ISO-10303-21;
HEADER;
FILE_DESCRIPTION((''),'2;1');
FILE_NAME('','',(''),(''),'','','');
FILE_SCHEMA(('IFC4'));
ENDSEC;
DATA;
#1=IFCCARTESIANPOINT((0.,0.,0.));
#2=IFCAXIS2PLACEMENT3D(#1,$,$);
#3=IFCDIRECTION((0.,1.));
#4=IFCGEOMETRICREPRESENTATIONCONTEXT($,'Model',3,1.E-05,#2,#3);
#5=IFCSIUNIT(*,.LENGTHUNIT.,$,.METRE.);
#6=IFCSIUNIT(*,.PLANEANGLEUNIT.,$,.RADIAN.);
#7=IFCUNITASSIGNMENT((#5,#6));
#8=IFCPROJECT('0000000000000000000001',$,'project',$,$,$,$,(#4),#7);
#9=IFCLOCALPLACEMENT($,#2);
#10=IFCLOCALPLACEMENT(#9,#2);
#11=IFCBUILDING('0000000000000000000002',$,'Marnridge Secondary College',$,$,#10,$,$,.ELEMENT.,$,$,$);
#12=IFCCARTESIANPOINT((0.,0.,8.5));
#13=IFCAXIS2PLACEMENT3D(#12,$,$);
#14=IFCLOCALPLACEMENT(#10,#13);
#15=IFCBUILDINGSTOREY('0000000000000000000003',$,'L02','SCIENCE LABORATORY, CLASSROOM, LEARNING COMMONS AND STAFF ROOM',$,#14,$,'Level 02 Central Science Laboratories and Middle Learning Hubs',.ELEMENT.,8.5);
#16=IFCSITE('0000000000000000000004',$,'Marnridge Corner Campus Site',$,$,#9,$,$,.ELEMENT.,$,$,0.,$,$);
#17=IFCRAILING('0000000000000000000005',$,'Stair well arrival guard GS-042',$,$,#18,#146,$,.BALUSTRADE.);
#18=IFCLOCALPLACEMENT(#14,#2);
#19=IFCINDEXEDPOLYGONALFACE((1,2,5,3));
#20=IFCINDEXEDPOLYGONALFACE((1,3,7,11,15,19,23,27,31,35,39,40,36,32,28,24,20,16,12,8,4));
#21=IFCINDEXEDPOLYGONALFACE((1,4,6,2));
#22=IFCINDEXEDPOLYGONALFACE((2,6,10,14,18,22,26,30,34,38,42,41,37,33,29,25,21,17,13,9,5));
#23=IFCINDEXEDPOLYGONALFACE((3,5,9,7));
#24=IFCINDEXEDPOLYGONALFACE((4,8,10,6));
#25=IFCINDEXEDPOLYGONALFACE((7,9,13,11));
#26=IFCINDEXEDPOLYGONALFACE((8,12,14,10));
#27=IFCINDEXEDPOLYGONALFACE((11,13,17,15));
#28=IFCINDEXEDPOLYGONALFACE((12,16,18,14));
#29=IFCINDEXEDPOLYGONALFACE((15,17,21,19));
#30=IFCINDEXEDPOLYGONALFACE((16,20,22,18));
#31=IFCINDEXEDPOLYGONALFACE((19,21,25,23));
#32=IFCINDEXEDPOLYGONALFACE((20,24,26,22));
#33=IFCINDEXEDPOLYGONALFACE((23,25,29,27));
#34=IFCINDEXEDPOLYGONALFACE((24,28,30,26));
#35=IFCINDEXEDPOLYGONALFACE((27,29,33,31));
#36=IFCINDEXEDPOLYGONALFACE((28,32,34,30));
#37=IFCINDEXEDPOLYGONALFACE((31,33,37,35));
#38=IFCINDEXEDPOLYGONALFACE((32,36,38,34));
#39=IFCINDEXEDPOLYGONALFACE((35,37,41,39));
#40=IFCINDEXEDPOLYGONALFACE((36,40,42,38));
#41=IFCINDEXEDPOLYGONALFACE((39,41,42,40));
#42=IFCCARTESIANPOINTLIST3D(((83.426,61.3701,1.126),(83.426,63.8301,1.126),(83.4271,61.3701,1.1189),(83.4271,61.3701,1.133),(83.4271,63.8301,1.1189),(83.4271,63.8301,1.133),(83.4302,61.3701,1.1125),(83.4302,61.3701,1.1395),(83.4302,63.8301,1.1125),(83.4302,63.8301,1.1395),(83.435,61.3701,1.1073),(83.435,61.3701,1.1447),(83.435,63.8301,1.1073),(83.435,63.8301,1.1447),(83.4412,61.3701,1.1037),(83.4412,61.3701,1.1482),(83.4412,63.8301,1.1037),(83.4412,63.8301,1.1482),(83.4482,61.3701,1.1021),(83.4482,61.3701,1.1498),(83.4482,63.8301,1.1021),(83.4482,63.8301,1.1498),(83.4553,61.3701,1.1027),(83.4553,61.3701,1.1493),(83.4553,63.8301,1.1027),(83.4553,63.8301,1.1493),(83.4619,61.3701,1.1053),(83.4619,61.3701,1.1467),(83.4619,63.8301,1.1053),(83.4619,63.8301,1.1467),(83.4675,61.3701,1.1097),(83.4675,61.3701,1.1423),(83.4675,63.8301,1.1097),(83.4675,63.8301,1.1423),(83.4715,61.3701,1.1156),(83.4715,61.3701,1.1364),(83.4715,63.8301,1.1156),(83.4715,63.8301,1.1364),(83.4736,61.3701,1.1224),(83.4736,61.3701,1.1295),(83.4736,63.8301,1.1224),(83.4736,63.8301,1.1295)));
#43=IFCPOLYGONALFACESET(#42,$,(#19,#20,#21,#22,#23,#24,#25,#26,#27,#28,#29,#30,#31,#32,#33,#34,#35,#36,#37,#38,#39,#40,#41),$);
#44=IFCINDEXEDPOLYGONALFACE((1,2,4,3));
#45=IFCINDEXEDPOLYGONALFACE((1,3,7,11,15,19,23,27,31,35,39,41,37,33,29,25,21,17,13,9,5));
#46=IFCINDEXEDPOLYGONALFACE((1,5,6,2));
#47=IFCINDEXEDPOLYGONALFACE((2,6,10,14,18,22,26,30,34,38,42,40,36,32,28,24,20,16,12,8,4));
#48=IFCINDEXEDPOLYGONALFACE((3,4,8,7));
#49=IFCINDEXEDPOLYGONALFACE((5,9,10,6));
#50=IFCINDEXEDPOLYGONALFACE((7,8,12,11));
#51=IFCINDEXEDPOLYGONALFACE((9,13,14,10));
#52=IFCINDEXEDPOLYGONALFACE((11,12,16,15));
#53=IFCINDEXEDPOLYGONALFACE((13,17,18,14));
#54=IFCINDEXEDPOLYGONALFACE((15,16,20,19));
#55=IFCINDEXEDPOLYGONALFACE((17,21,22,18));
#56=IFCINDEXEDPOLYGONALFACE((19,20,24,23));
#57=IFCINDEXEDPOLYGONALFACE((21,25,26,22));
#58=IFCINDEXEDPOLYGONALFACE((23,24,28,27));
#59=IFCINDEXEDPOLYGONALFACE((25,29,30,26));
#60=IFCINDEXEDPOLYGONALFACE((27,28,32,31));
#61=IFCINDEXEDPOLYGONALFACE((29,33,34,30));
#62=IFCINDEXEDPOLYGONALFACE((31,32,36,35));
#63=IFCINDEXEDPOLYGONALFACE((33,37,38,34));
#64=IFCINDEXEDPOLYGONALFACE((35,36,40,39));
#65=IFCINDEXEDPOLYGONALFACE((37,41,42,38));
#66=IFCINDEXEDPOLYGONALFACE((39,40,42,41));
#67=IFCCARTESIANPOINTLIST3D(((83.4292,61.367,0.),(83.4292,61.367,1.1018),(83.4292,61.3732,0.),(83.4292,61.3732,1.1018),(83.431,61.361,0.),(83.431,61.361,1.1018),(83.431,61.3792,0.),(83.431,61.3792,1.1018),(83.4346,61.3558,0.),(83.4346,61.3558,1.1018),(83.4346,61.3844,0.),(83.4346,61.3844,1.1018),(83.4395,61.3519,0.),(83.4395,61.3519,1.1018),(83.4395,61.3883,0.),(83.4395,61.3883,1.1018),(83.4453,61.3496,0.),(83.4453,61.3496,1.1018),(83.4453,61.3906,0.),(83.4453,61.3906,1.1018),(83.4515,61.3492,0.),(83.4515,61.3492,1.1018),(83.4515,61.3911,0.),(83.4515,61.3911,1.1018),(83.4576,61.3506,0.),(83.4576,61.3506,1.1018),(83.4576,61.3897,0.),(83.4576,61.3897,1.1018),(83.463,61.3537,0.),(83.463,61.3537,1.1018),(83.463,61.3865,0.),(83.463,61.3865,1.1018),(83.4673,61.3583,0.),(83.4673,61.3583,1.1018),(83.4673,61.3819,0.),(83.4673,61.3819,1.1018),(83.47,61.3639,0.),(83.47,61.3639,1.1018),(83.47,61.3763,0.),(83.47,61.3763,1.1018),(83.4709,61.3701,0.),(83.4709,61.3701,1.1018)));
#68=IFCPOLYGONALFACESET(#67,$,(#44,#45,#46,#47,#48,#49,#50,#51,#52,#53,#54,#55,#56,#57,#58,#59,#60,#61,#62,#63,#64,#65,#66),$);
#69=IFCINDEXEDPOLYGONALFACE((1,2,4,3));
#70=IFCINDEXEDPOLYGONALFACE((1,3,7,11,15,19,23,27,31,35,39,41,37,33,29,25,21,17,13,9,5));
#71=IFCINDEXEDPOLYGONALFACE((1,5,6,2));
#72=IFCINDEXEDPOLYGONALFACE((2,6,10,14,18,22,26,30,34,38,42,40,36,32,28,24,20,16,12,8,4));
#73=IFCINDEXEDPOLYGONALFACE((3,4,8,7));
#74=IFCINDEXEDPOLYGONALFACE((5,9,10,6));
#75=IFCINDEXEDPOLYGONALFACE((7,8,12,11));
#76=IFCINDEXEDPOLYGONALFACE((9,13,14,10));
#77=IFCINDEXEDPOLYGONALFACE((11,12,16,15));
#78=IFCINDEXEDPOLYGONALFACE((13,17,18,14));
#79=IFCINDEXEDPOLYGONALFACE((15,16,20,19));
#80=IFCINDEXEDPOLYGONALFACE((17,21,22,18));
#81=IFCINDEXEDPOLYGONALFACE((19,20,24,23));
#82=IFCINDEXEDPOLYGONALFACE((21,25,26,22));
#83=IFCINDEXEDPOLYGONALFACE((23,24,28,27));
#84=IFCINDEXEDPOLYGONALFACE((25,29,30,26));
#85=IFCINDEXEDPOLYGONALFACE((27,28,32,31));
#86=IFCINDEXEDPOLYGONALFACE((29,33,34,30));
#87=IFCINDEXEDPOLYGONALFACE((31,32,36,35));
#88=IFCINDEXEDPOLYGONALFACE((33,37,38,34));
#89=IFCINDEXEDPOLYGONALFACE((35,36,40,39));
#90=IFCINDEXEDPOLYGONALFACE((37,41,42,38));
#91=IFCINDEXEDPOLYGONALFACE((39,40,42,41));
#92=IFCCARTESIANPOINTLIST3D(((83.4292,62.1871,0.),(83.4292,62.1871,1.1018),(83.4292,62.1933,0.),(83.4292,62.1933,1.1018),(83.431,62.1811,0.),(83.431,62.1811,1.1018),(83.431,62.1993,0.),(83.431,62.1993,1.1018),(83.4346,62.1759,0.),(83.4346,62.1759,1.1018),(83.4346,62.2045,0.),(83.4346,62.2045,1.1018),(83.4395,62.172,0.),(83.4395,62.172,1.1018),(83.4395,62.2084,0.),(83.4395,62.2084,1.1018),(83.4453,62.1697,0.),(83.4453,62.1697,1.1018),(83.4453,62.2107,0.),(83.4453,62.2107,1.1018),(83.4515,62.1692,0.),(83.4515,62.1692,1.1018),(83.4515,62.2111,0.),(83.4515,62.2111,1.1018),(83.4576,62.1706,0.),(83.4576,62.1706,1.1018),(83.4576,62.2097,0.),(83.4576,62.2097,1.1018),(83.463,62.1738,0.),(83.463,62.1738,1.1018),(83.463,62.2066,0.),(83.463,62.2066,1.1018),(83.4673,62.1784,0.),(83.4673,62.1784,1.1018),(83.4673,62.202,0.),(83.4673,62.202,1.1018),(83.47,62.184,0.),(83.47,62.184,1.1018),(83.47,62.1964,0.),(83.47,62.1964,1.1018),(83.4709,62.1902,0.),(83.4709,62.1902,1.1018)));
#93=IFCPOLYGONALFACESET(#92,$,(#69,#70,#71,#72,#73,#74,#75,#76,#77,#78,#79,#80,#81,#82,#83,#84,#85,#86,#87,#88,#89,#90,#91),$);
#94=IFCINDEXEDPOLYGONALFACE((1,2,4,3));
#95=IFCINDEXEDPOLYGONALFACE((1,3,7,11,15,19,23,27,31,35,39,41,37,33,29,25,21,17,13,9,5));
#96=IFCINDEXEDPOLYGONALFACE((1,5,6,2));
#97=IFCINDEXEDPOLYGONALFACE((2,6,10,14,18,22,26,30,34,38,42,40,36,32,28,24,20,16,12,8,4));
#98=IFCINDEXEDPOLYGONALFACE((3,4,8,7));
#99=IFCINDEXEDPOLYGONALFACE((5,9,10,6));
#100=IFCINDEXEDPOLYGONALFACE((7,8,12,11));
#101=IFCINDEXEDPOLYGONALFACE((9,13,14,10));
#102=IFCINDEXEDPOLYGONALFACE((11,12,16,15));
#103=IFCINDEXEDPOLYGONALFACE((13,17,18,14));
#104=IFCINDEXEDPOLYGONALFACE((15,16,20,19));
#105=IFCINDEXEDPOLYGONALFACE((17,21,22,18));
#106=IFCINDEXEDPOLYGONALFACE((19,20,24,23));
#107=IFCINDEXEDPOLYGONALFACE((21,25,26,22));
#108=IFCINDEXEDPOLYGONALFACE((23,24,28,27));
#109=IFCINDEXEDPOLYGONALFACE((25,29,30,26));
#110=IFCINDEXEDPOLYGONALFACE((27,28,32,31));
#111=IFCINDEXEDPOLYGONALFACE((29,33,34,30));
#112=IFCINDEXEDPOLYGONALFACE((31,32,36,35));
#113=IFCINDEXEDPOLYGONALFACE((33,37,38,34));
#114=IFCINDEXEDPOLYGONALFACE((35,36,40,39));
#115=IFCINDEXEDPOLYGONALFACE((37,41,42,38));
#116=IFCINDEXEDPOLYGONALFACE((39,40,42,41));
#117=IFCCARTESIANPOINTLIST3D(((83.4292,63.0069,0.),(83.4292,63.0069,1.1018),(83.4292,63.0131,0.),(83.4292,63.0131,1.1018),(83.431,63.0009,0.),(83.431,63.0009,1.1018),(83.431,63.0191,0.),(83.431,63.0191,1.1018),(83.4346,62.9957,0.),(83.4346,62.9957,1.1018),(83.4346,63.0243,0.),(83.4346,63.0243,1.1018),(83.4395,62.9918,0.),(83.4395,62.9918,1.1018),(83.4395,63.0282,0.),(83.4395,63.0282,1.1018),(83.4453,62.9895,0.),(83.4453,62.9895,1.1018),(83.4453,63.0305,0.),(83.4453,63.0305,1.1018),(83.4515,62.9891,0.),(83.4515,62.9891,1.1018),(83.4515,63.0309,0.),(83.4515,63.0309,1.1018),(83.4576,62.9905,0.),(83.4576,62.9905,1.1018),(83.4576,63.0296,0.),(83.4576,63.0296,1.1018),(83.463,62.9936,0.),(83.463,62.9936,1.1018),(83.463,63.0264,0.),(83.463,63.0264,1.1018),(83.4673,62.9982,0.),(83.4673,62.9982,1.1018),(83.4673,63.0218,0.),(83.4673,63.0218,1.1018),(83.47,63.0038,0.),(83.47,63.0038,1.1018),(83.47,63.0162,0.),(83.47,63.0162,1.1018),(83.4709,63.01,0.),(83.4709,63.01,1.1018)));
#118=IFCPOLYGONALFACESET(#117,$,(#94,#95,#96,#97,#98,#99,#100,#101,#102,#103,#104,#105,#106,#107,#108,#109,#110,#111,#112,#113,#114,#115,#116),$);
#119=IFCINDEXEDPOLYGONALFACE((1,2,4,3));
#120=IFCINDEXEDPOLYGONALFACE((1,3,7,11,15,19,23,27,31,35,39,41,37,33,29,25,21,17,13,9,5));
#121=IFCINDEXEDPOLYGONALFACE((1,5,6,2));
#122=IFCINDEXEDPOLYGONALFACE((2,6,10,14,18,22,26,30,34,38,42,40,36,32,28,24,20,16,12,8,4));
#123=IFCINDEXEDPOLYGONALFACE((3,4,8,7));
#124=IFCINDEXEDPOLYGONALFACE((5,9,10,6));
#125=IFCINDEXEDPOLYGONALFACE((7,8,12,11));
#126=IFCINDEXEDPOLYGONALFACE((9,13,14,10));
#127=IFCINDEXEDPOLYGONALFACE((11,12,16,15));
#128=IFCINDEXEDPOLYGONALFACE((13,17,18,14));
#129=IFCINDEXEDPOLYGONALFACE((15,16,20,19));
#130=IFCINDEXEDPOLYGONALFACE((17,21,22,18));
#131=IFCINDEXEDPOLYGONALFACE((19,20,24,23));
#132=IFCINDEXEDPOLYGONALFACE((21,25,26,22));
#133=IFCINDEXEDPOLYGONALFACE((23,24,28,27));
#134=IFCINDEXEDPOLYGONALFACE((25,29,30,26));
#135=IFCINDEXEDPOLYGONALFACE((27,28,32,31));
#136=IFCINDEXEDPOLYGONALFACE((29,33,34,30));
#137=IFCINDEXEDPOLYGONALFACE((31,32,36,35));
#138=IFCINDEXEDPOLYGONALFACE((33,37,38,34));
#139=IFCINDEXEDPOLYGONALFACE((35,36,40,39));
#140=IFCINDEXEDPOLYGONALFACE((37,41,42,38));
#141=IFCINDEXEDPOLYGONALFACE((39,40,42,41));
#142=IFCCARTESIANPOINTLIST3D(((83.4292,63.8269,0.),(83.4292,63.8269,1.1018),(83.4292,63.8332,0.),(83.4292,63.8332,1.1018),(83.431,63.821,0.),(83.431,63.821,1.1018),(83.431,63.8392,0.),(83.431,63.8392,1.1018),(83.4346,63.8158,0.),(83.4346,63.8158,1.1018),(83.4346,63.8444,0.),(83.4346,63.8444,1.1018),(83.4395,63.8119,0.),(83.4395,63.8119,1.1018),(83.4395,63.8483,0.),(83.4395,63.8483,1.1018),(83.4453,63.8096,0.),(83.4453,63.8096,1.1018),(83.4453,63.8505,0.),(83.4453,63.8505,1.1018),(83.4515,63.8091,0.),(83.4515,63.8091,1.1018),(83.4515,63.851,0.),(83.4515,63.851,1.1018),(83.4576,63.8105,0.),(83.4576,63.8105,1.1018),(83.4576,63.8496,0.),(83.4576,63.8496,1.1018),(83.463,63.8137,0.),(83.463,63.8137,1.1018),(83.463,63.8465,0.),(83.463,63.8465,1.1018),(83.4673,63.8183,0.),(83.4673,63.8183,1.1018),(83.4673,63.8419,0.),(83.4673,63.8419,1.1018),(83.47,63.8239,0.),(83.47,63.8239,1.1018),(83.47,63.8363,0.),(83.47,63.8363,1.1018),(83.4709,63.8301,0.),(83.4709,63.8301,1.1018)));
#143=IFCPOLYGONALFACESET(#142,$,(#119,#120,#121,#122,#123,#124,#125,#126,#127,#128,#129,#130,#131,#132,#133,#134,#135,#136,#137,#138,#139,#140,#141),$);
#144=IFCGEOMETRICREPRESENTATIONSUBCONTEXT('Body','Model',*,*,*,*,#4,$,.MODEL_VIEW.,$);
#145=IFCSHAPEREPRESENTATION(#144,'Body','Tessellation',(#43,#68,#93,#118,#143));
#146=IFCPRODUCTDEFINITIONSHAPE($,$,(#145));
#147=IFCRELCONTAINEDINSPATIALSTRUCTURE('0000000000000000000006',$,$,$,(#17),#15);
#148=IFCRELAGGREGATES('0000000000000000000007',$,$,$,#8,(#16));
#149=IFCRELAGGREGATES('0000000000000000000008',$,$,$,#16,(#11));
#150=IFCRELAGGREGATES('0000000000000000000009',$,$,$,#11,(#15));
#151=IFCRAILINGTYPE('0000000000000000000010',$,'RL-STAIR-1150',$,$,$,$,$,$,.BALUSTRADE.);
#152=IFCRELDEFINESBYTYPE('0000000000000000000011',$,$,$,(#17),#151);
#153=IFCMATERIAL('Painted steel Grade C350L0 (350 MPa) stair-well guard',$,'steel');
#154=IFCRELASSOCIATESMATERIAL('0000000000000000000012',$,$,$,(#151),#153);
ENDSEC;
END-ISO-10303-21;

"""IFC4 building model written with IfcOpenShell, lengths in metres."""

from ifc_helpers import new_model, si_unit, direction, frame, origin, origin_2d, place, context, subcontext, project, spatial, circle, extrude, material, type_object, element, save


model = new_model("IFC4")

# Units and contexts
model_context = context("Model", 3, precision=1e-05, world=origin(), true_north=direction((0.0, 1.0)))
body_context = subcontext(model_context, "Body", "Model", "MODEL_VIEW")
ifc_project = project(units=[si_unit("LENGTHUNIT", "METRE"), si_unit("PLANEANGLEUNIT", "RADIAN")], contexts=[model_context])

# Site, building, storey
site_placement = place(None, origin())
site = spatial("IfcSite", under=ifc_project, at=site_placement, Name="Marnridge Corner Campus Site", CompositionType="ELEMENT", RefElevation=0.0)
building_placement = place(site_placement, origin())
building = spatial("IfcBuilding", under=site, at=building_placement, Name="Marnridge Secondary College", CompositionType="ELEMENT")
storey_placement = place(building_placement, frame((0.0, 0.0, 8.5)))
storey = spatial("IfcBuildingStorey", under=building, at=storey_placement, Name="L02", Description="SCIENCE LABORATORY, CLASSROOM, LEARNING COMMONS AND STAFF ROOM", LongName="Level 02 Central Science Laboratories and Middle Learning Hubs", CompositionType="ELEMENT", Elevation=8.5)

# Railing
ifc_material_1 = material(Name="Painted steel Grade C350L0 (350 MPa) stair-well guard", Category="steel")
railing_type_1 = type_object("IfcRailingType", Name="RL-STAIR-1150", PredefinedType="BALUSTRADE", material=ifc_material_1)
railing_1_placement = place(storey_placement, frame((83.45, 61.3701, 0.0)))
element("IfcRailing", 1, at=railing_1_placement, inside=storey, type_object=railing_type_1, Name="Stair well arrival guard GS-042", PredefinedType="BALUSTRADE", context=body_context, shape_type="SweptSolid", body=[
    extrude(circle(Radius=0.0239, at=origin_2d()), frame((0.0, 0.0, 1.126), z_axis=(0.0, 1.0, 0.0), x_axis=(-1.0, 0.0, 0.0)), (0.0, 0.0, 1.0), 2.46),
    extrude(circle(Radius=0.021, at=origin_2d()), origin(), (0.0, 0.0, 1.0), 1.1018),
    extrude(circle(Radius=0.021, at=origin_2d()), frame((0.0, 0.8201, 0.0)), (0.0, 0.0, 1.0), 1.1018),
    extrude(circle(Radius=0.021, at=origin_2d()), frame((0.0, 1.6399, 0.0)), (0.0, 0.0, 1.0), 1.1018),
    extrude(circle(Radius=0.021, at=origin_2d()), frame((0.0, 2.46, 0.0)), (0.0, 0.0, 1.0), 1.1018),
])

save(model, "model.ifc")
